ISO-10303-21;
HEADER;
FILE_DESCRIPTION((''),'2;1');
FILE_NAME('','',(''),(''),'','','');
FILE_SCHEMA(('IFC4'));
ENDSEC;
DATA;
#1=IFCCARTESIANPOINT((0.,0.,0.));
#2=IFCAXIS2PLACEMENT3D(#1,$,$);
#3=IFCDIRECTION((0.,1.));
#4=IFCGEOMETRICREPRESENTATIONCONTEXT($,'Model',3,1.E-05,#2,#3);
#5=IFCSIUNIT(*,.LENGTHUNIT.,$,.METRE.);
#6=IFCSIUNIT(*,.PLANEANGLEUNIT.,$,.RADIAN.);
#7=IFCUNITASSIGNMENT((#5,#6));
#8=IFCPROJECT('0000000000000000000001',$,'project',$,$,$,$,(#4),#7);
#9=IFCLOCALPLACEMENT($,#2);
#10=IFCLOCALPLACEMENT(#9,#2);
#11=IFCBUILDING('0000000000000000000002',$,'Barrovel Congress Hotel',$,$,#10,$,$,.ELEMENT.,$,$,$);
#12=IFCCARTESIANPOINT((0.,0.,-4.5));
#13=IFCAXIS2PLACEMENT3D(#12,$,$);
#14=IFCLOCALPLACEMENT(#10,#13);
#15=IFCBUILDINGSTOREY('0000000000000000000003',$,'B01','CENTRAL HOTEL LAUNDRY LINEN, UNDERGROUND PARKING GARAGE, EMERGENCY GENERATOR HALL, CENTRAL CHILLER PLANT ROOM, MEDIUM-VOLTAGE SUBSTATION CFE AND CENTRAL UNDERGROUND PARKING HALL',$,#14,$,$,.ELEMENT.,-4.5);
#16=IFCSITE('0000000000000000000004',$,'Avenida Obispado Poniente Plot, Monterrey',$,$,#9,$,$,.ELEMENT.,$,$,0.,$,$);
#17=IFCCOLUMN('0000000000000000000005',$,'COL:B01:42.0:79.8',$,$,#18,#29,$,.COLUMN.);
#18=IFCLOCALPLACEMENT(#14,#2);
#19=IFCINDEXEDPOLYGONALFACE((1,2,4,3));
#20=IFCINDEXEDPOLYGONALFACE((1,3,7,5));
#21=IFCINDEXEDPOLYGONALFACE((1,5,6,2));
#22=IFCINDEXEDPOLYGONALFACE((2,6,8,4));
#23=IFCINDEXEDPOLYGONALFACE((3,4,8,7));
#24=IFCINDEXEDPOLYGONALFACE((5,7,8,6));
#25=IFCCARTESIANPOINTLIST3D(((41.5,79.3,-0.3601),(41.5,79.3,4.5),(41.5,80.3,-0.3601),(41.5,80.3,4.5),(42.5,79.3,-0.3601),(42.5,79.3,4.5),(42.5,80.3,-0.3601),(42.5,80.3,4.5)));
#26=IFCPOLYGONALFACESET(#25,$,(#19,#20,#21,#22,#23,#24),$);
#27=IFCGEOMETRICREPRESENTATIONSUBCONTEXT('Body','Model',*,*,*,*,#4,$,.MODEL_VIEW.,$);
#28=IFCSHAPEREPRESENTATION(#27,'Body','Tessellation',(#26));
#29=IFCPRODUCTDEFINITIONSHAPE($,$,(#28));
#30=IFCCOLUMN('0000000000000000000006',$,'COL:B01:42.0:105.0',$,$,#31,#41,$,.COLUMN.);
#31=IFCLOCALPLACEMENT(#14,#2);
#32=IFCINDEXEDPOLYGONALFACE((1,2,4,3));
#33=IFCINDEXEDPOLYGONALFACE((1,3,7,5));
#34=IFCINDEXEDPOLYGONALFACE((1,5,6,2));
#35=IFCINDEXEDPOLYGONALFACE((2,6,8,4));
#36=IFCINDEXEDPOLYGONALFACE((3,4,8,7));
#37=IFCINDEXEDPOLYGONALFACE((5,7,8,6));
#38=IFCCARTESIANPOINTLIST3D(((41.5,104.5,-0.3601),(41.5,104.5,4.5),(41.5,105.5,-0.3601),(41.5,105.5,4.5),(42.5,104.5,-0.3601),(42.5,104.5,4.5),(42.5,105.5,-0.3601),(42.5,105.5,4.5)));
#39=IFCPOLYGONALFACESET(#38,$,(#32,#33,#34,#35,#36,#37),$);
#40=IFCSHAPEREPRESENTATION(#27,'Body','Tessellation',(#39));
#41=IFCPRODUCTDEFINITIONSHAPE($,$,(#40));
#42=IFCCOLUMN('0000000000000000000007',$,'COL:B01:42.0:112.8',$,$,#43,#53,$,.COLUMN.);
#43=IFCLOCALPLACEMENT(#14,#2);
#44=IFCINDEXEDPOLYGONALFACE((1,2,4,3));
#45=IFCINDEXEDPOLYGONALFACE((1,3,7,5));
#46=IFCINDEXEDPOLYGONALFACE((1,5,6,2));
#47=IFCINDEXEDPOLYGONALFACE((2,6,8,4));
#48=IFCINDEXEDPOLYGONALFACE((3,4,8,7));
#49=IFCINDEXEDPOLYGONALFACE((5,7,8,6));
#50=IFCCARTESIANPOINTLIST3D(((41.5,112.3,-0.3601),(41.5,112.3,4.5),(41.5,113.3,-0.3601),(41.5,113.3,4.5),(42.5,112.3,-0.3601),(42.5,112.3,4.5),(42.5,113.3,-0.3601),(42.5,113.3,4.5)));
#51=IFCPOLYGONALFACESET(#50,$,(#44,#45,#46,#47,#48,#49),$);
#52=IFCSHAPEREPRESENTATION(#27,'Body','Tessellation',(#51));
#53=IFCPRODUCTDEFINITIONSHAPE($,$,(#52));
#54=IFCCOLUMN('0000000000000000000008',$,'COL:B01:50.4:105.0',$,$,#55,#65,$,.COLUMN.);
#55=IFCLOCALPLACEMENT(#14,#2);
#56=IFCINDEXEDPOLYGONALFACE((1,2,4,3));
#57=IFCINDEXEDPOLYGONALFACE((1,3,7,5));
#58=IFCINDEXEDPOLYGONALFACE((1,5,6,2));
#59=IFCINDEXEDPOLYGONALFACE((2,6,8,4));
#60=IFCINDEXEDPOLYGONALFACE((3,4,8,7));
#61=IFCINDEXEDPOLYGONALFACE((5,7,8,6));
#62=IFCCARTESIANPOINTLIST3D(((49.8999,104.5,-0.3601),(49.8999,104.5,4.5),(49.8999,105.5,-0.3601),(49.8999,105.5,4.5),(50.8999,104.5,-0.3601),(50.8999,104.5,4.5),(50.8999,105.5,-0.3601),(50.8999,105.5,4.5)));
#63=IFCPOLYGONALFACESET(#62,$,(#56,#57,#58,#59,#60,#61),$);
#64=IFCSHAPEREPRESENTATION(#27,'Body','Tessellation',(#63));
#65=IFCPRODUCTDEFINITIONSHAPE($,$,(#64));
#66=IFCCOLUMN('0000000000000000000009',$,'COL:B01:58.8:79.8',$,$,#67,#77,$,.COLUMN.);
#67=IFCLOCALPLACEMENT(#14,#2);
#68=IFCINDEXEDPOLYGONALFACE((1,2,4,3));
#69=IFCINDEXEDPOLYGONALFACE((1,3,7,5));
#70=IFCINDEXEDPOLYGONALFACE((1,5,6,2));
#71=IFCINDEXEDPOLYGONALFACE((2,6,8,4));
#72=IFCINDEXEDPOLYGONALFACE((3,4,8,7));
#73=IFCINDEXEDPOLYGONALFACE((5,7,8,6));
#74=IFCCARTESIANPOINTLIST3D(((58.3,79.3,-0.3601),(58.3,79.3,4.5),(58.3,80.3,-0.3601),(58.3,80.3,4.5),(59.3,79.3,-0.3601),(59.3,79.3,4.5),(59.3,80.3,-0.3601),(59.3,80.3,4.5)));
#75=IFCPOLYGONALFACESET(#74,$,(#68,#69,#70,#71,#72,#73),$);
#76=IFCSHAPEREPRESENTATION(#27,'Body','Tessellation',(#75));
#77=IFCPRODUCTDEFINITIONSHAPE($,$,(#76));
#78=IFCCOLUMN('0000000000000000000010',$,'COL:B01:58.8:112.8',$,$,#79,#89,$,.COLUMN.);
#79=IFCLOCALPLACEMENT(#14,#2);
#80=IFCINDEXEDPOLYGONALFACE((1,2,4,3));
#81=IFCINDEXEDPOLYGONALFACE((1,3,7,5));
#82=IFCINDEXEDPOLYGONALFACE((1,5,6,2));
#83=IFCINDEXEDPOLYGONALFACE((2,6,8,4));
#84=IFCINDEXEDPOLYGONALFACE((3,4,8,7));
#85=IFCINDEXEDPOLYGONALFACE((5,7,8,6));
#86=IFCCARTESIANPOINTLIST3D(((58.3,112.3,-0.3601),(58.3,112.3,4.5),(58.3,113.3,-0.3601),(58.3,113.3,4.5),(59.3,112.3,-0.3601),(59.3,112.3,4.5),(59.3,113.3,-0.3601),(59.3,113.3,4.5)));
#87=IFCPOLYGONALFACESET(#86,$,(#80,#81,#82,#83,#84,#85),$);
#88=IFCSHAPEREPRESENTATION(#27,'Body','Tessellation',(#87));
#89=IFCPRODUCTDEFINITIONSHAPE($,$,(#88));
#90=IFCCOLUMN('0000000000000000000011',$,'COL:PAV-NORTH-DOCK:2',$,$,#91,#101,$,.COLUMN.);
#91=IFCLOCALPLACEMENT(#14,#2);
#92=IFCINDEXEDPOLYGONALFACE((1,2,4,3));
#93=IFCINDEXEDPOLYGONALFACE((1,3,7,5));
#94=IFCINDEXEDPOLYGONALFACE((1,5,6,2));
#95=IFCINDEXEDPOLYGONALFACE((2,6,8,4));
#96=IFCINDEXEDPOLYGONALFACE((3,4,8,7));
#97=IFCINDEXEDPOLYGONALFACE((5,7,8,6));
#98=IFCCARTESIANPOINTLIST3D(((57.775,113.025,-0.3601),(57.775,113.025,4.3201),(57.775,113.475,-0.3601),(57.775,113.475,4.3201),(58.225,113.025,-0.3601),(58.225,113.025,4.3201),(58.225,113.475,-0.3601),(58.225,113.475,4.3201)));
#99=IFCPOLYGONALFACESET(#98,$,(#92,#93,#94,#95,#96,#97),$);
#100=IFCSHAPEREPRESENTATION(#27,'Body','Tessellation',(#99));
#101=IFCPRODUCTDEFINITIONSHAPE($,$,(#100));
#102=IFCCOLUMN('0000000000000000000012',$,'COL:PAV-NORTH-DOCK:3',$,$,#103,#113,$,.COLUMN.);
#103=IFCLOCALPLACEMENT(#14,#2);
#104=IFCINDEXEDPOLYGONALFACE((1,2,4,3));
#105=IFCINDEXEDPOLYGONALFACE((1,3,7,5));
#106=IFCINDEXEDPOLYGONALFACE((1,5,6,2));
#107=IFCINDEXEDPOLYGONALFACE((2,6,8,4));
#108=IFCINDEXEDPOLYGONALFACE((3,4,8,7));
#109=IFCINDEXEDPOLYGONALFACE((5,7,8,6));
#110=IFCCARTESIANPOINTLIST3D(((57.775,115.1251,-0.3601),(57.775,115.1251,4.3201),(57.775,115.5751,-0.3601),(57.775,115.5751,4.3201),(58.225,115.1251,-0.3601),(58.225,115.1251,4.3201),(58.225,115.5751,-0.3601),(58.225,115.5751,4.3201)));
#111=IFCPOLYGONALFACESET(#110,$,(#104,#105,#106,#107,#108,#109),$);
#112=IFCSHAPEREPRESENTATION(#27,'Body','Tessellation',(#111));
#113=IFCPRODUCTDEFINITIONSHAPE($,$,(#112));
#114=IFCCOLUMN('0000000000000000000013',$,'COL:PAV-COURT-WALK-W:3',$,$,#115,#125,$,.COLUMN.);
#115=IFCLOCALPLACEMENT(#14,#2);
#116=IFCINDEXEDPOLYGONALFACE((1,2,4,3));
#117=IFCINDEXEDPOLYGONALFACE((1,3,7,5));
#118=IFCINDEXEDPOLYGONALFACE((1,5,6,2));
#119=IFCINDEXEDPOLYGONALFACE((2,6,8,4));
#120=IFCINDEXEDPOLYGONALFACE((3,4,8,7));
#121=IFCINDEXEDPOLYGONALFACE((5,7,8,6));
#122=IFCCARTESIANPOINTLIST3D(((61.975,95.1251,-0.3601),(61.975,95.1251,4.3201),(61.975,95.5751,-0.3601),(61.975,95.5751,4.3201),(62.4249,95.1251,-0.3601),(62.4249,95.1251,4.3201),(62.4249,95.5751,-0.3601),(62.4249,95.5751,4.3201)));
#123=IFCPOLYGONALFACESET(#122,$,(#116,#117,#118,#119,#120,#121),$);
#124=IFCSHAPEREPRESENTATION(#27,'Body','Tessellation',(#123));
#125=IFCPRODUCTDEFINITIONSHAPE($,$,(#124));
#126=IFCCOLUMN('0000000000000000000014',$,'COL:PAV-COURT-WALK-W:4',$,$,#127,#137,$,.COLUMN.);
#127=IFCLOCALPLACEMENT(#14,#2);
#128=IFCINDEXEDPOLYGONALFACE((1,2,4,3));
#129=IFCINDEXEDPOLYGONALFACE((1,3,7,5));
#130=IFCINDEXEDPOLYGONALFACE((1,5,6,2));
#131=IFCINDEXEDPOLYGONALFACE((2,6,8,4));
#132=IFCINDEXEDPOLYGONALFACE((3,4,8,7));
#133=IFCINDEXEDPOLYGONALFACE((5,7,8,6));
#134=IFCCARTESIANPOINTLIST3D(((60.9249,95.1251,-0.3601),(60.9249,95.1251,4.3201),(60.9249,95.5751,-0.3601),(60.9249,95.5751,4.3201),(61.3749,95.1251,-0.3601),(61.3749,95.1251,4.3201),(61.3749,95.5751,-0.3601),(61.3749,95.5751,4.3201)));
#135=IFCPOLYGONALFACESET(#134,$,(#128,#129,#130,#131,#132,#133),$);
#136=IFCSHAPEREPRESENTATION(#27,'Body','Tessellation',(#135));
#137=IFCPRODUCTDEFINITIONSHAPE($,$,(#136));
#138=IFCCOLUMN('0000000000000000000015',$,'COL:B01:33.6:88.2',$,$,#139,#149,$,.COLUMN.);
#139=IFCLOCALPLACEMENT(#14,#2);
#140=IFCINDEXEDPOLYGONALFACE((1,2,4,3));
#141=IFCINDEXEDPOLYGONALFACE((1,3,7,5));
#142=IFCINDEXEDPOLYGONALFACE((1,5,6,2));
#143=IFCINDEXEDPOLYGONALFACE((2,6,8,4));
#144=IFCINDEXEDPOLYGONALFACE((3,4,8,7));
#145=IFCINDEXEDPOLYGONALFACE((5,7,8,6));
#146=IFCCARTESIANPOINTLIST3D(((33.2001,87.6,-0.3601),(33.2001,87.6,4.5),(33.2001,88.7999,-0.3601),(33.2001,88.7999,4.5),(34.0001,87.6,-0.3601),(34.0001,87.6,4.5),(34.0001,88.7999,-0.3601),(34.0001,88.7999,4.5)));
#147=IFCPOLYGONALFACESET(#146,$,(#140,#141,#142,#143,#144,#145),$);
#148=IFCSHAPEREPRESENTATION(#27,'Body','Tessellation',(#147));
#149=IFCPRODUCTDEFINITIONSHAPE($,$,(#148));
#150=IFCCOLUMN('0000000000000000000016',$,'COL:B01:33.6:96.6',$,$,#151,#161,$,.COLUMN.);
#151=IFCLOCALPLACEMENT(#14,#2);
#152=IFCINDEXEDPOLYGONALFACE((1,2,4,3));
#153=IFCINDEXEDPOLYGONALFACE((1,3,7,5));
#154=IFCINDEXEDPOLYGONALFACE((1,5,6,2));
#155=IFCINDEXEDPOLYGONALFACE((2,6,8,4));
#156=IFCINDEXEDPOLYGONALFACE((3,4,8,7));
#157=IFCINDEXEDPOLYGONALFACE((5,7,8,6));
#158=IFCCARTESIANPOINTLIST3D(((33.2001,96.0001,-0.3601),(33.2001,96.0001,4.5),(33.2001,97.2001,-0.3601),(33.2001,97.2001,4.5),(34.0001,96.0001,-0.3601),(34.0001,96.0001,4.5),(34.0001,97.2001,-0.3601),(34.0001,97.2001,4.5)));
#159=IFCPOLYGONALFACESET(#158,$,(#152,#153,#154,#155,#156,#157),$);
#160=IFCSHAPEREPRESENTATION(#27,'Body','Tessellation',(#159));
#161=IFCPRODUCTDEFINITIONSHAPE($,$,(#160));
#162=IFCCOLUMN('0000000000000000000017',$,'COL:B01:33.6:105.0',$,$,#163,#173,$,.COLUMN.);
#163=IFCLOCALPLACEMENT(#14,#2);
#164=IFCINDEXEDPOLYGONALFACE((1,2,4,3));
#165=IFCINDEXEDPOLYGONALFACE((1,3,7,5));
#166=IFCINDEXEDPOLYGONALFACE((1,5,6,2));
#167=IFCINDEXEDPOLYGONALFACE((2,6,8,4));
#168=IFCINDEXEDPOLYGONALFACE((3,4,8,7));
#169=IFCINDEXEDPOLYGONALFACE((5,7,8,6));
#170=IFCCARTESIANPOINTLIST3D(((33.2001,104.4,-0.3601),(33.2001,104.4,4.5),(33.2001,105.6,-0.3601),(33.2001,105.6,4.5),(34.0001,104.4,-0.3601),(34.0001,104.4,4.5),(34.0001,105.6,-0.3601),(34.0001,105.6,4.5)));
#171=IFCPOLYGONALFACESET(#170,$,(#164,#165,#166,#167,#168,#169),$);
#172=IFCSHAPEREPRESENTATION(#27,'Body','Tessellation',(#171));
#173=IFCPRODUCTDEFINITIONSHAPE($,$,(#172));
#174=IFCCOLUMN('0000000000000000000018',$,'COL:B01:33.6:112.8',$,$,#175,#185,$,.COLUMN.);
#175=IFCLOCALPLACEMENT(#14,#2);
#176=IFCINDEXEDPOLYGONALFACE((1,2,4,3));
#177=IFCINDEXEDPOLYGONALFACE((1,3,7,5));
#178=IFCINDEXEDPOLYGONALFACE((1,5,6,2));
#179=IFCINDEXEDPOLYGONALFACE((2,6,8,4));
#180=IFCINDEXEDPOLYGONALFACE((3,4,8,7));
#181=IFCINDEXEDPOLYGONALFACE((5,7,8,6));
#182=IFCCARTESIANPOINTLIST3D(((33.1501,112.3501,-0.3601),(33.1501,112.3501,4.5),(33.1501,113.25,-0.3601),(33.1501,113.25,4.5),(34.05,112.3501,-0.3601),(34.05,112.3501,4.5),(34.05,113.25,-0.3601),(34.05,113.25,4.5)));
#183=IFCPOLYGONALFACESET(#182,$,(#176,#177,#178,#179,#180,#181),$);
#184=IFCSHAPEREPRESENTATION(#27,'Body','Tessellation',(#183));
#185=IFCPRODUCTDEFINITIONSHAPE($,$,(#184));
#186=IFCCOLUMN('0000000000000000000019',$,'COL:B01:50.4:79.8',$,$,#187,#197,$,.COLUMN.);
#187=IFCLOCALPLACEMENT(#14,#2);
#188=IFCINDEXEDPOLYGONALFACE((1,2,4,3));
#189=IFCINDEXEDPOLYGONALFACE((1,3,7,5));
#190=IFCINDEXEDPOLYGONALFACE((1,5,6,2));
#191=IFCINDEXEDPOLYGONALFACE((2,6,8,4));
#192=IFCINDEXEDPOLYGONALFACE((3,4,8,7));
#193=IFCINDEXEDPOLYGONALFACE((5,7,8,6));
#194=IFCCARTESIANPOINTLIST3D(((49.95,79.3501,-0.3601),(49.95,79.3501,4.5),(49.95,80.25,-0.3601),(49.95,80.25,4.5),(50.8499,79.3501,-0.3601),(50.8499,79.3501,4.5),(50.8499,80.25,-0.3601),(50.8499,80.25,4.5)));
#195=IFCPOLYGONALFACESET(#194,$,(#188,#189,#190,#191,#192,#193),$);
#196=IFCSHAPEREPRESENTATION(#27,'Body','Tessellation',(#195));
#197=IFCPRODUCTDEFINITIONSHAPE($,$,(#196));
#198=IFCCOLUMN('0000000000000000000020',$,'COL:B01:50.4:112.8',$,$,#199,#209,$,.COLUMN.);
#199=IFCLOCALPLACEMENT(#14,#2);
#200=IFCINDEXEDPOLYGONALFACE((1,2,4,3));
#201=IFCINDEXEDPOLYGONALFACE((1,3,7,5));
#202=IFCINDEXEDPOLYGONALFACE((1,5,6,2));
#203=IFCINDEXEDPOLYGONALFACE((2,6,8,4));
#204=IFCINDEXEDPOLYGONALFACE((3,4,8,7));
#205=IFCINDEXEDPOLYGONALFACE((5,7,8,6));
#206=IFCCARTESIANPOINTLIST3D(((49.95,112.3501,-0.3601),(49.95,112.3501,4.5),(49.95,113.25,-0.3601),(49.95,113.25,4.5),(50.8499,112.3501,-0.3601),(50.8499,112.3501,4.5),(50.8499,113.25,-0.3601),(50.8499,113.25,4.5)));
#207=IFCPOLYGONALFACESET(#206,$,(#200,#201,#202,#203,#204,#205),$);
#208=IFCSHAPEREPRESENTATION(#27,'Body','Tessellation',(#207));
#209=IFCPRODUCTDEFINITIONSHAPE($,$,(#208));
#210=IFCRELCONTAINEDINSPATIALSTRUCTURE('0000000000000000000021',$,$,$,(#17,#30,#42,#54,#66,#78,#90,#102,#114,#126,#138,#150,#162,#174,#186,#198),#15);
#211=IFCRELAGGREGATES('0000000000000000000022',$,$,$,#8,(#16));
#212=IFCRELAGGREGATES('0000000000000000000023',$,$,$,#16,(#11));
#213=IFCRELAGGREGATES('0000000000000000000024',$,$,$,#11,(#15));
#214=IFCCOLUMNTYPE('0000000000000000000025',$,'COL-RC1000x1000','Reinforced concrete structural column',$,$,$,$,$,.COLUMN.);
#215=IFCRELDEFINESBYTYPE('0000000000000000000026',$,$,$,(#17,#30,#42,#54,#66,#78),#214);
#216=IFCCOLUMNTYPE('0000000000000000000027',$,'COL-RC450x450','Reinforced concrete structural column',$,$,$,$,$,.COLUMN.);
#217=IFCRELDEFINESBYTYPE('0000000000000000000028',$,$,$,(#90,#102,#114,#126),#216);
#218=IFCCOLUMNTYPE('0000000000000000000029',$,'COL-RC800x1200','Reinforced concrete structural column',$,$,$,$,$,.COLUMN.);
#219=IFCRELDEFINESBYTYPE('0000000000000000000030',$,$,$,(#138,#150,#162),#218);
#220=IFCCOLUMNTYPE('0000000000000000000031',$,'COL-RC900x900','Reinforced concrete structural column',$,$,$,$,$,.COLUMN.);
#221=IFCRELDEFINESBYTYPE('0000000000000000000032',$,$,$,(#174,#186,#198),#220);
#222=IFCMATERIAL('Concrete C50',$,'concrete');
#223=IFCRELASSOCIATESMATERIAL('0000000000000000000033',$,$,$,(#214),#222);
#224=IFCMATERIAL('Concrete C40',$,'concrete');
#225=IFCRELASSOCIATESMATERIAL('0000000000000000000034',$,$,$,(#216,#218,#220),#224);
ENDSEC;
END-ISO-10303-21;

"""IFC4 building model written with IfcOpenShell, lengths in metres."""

from ifc_helpers import new_model, si_unit, direction, frame, origin, origin_2d, place, context, subcontext, project, spatial, rectangle, extrude, material, material_profile, profile_set, type_object, element, save


model = new_model("IFC4")

# Units and contexts
model_context = context("Model", 3, precision=1e-05, world=origin(), true_north=direction((0.0, 1.0)))
body_context = subcontext(model_context, "Body", "Model", "MODEL_VIEW")
ifc_project = project(units=[si_unit("LENGTHUNIT", "METRE"), si_unit("PLANEANGLEUNIT", "RADIAN")], contexts=[model_context])

# Site, building, storey
site_placement = place(None, origin())
site = spatial("IfcSite", under=ifc_project, at=site_placement, Name="Avenida Obispado Poniente Plot, Monterrey", CompositionType="ELEMENT", RefElevation=0.0)
building_placement = place(site_placement, origin())
building = spatial("IfcBuilding", under=site, at=building_placement, Name="Barrovel Congress Hotel", CompositionType="ELEMENT")
storey_placement = place(building_placement, frame((0.0, 0.0, -4.5)))
storey = spatial("IfcBuildingStorey", under=building, at=storey_placement, Name="B01", Description="CENTRAL HOTEL LAUNDRY LINEN, UNDERGROUND PARKING GARAGE, EMERGENCY GENERATOR HALL, CENTRAL CHILLER PLANT ROOM, MEDIUM-VOLTAGE SUBSTATION CFE AND CENTRAL UNDERGROUND PARKING HALL", CompositionType="ELEMENT", Elevation=-4.5)

# Columns
ifc_material_1 = material(Name="Concrete C50", Category="concrete")
ifc_material_profile_1 = material_profile(ifc_material_1, rectangle(XDim=1.0, YDim=1.0, at=origin_2d()), Name="RC1000x1000")
ifc_profile_set_1 = profile_set([ifc_material_profile_1], Name="Concrete C50")
column_type_1 = type_object("IfcColumnType", Name="COL-RC1000x1000", Description="Reinforced concrete structural column", PredefinedType="COLUMN", material=ifc_profile_set_1)
for number, where, z_axis, x_axis, name in (
    (1, (42.0, 79.8, -0.3601), (0.0, 0.0, 1.0), (1.0, 0.0, 0.0), "COL:B01:42.0:79.8"),
    (2, (42.0, 105.0, -0.3601), (0.0, 0.0, 1.0), (1.0, 0.0, 0.0), "COL:B01:42.0:105.0"),
    (3, (42.0, 112.8, -0.3601), (0.0, 0.0, 1.0), (1.0, 0.0, 0.0), "COL:B01:42.0:112.8"),
    (4, (50.3999, 105.0, -0.3601), (0.0, 0.0, 1.0), (1.0, 0.0, 0.0), "COL:B01:50.4:105.0"),
    (5, (58.8, 79.8, -0.3601), (0.0, 0.0, 1.0), (1.0, 0.0, 0.0), "COL:B01:58.8:79.8"),
    (6, (58.8, 112.8, -0.3601), (0.0, 0.0, 1.0), (1.0, 0.0, 0.0), "COL:B01:58.8:112.8"),
):
    element("IfcColumn", number, at=place(storey_placement, frame(where, z_axis=z_axis, x_axis=x_axis)), inside=storey, type_object=column_type_1, Name=name, PredefinedType="COLUMN", context=body_context, shape_type="SweptSolid", body=[
        extrude(rectangle(XDim=1.0, YDim=1.0, at=origin_2d()), origin(), (0.0, 0.0, 1.0), 4.8601),
    ])
ifc_material_2 = material(Name="Concrete C40", Category="concrete")
ifc_material_profile_2 = material_profile(ifc_material_2, rectangle(XDim=0.45, YDim=0.45, at=origin_2d()), Name="RC450x450")
ifc_profile_set_2 = profile_set([ifc_material_profile_2], Name="Concrete C40")
column_type_2 = type_object("IfcColumnType", Name="COL-RC450x450", Description="Reinforced concrete structural column", PredefinedType="COLUMN", material=ifc_profile_set_2)
for number, where, z_axis, x_axis, name in (
    (7, (58.0, 113.25, -0.3601), (0.0, 0.0, 1.0), (1.0, 0.0, 0.0), "COL:PAV-NORTH-DOCK:2"),
    (8, (58.0, 115.3501, -0.3601), (0.0, 0.0, 1.0), (1.0, 0.0, 0.0), "COL:PAV-NORTH-DOCK:3"),
    (9, (62.2, 95.3501, -0.3601), (0.0, 0.0, 1.0), (1.0, 0.0, 0.0), "COL:PAV-COURT-WALK-W:3"),
    (10, (61.1499, 95.3501, -0.3601), (0.0, 0.0, 1.0), (1.0, 0.0, 0.0), "COL:PAV-COURT-WALK-W:4"),
):
    element("IfcColumn", number, at=place(storey_placement, frame(where, z_axis=z_axis, x_axis=x_axis)), inside=storey, type_object=column_type_2, Name=name, PredefinedType="COLUMN", context=body_context, shape_type="SweptSolid", body=[
        extrude(rectangle(XDim=0.45, YDim=0.45, at=origin_2d()), origin(), (0.0, 0.0, 1.0), 4.6802),
    ])
ifc_material_profile_3 = material_profile(ifc_material_2, rectangle(XDim=0.8, YDim=1.2, at=origin_2d()), Name="RC800x1200")
ifc_profile_set_3 = profile_set([ifc_material_profile_3], Name="Concrete C40")
column_type_3 = type_object("IfcColumnType", Name="COL-RC800x1200", Description="Reinforced concrete structural column", PredefinedType="COLUMN", material=ifc_profile_set_3)
for number, where, z_axis, x_axis, name in (
    (11, (33.6001, 88.2, -0.3601), (0.0, 0.0, 1.0), (1.0, 0.0, 0.0), "COL:B01:33.6:88.2"),
    (12, (33.6001, 96.6001, -0.3601), (0.0, 0.0, 1.0), (1.0, 0.0, 0.0), "COL:B01:33.6:96.6"),
    (13, (33.6001, 105.0, -0.3601), (0.0, 0.0, 1.0), (1.0, 0.0, 0.0), "COL:B01:33.6:105.0"),
):
    element("IfcColumn", number, at=place(storey_placement, frame(where, z_axis=z_axis, x_axis=x_axis)), inside=storey, type_object=column_type_3, Name=name, PredefinedType="COLUMN", context=body_context, shape_type="SweptSolid", body=[
        extrude(rectangle(XDim=0.8, YDim=1.2, at=origin_2d()), origin(), (0.0, 0.0, 1.0), 4.8601),
    ])
ifc_material_profile_4 = material_profile(ifc_material_2, rectangle(XDim=0.8999, YDim=0.8999, at=origin_2d()), Name="RC900x900")
ifc_profile_set_4 = profile_set([ifc_material_profile_4], Name="Concrete C40")
column_type_4 = type_object("IfcColumnType", Name="COL-RC900x900", Description="Reinforced concrete structural column", PredefinedType="COLUMN", material=ifc_profile_set_4)
for number, where, z_axis, x_axis, name in (
    (14, (33.6001, 112.8, -0.3601), (0.0, 0.0, 1.0), (1.0, 0.0, 0.0), "COL:B01:33.6:112.8"),
    (15, (50.3999, 79.8, -0.3601), (0.0, 0.0, 1.0), (1.0, 0.0, 0.0), "COL:B01:50.4:79.8"),
    (16, (50.3999, 112.8, -0.3601), (0.0, 0.0, 1.0), (1.0, 0.0, 0.0), "COL:B01:50.4:112.8"),
):
    element("IfcColumn", number, at=place(storey_placement, frame(where, z_axis=z_axis, x_axis=x_axis)), inside=storey, type_object=column_type_4, Name=name, PredefinedType="COLUMN", context=body_context, shape_type="SweptSolid", body=[
        extrude(rectangle(XDim=0.8999, YDim=0.8999, at=origin_2d()), origin(), (0.0, 0.0, 1.0), 4.8601),
    ])

save(model, "model.ifc")
